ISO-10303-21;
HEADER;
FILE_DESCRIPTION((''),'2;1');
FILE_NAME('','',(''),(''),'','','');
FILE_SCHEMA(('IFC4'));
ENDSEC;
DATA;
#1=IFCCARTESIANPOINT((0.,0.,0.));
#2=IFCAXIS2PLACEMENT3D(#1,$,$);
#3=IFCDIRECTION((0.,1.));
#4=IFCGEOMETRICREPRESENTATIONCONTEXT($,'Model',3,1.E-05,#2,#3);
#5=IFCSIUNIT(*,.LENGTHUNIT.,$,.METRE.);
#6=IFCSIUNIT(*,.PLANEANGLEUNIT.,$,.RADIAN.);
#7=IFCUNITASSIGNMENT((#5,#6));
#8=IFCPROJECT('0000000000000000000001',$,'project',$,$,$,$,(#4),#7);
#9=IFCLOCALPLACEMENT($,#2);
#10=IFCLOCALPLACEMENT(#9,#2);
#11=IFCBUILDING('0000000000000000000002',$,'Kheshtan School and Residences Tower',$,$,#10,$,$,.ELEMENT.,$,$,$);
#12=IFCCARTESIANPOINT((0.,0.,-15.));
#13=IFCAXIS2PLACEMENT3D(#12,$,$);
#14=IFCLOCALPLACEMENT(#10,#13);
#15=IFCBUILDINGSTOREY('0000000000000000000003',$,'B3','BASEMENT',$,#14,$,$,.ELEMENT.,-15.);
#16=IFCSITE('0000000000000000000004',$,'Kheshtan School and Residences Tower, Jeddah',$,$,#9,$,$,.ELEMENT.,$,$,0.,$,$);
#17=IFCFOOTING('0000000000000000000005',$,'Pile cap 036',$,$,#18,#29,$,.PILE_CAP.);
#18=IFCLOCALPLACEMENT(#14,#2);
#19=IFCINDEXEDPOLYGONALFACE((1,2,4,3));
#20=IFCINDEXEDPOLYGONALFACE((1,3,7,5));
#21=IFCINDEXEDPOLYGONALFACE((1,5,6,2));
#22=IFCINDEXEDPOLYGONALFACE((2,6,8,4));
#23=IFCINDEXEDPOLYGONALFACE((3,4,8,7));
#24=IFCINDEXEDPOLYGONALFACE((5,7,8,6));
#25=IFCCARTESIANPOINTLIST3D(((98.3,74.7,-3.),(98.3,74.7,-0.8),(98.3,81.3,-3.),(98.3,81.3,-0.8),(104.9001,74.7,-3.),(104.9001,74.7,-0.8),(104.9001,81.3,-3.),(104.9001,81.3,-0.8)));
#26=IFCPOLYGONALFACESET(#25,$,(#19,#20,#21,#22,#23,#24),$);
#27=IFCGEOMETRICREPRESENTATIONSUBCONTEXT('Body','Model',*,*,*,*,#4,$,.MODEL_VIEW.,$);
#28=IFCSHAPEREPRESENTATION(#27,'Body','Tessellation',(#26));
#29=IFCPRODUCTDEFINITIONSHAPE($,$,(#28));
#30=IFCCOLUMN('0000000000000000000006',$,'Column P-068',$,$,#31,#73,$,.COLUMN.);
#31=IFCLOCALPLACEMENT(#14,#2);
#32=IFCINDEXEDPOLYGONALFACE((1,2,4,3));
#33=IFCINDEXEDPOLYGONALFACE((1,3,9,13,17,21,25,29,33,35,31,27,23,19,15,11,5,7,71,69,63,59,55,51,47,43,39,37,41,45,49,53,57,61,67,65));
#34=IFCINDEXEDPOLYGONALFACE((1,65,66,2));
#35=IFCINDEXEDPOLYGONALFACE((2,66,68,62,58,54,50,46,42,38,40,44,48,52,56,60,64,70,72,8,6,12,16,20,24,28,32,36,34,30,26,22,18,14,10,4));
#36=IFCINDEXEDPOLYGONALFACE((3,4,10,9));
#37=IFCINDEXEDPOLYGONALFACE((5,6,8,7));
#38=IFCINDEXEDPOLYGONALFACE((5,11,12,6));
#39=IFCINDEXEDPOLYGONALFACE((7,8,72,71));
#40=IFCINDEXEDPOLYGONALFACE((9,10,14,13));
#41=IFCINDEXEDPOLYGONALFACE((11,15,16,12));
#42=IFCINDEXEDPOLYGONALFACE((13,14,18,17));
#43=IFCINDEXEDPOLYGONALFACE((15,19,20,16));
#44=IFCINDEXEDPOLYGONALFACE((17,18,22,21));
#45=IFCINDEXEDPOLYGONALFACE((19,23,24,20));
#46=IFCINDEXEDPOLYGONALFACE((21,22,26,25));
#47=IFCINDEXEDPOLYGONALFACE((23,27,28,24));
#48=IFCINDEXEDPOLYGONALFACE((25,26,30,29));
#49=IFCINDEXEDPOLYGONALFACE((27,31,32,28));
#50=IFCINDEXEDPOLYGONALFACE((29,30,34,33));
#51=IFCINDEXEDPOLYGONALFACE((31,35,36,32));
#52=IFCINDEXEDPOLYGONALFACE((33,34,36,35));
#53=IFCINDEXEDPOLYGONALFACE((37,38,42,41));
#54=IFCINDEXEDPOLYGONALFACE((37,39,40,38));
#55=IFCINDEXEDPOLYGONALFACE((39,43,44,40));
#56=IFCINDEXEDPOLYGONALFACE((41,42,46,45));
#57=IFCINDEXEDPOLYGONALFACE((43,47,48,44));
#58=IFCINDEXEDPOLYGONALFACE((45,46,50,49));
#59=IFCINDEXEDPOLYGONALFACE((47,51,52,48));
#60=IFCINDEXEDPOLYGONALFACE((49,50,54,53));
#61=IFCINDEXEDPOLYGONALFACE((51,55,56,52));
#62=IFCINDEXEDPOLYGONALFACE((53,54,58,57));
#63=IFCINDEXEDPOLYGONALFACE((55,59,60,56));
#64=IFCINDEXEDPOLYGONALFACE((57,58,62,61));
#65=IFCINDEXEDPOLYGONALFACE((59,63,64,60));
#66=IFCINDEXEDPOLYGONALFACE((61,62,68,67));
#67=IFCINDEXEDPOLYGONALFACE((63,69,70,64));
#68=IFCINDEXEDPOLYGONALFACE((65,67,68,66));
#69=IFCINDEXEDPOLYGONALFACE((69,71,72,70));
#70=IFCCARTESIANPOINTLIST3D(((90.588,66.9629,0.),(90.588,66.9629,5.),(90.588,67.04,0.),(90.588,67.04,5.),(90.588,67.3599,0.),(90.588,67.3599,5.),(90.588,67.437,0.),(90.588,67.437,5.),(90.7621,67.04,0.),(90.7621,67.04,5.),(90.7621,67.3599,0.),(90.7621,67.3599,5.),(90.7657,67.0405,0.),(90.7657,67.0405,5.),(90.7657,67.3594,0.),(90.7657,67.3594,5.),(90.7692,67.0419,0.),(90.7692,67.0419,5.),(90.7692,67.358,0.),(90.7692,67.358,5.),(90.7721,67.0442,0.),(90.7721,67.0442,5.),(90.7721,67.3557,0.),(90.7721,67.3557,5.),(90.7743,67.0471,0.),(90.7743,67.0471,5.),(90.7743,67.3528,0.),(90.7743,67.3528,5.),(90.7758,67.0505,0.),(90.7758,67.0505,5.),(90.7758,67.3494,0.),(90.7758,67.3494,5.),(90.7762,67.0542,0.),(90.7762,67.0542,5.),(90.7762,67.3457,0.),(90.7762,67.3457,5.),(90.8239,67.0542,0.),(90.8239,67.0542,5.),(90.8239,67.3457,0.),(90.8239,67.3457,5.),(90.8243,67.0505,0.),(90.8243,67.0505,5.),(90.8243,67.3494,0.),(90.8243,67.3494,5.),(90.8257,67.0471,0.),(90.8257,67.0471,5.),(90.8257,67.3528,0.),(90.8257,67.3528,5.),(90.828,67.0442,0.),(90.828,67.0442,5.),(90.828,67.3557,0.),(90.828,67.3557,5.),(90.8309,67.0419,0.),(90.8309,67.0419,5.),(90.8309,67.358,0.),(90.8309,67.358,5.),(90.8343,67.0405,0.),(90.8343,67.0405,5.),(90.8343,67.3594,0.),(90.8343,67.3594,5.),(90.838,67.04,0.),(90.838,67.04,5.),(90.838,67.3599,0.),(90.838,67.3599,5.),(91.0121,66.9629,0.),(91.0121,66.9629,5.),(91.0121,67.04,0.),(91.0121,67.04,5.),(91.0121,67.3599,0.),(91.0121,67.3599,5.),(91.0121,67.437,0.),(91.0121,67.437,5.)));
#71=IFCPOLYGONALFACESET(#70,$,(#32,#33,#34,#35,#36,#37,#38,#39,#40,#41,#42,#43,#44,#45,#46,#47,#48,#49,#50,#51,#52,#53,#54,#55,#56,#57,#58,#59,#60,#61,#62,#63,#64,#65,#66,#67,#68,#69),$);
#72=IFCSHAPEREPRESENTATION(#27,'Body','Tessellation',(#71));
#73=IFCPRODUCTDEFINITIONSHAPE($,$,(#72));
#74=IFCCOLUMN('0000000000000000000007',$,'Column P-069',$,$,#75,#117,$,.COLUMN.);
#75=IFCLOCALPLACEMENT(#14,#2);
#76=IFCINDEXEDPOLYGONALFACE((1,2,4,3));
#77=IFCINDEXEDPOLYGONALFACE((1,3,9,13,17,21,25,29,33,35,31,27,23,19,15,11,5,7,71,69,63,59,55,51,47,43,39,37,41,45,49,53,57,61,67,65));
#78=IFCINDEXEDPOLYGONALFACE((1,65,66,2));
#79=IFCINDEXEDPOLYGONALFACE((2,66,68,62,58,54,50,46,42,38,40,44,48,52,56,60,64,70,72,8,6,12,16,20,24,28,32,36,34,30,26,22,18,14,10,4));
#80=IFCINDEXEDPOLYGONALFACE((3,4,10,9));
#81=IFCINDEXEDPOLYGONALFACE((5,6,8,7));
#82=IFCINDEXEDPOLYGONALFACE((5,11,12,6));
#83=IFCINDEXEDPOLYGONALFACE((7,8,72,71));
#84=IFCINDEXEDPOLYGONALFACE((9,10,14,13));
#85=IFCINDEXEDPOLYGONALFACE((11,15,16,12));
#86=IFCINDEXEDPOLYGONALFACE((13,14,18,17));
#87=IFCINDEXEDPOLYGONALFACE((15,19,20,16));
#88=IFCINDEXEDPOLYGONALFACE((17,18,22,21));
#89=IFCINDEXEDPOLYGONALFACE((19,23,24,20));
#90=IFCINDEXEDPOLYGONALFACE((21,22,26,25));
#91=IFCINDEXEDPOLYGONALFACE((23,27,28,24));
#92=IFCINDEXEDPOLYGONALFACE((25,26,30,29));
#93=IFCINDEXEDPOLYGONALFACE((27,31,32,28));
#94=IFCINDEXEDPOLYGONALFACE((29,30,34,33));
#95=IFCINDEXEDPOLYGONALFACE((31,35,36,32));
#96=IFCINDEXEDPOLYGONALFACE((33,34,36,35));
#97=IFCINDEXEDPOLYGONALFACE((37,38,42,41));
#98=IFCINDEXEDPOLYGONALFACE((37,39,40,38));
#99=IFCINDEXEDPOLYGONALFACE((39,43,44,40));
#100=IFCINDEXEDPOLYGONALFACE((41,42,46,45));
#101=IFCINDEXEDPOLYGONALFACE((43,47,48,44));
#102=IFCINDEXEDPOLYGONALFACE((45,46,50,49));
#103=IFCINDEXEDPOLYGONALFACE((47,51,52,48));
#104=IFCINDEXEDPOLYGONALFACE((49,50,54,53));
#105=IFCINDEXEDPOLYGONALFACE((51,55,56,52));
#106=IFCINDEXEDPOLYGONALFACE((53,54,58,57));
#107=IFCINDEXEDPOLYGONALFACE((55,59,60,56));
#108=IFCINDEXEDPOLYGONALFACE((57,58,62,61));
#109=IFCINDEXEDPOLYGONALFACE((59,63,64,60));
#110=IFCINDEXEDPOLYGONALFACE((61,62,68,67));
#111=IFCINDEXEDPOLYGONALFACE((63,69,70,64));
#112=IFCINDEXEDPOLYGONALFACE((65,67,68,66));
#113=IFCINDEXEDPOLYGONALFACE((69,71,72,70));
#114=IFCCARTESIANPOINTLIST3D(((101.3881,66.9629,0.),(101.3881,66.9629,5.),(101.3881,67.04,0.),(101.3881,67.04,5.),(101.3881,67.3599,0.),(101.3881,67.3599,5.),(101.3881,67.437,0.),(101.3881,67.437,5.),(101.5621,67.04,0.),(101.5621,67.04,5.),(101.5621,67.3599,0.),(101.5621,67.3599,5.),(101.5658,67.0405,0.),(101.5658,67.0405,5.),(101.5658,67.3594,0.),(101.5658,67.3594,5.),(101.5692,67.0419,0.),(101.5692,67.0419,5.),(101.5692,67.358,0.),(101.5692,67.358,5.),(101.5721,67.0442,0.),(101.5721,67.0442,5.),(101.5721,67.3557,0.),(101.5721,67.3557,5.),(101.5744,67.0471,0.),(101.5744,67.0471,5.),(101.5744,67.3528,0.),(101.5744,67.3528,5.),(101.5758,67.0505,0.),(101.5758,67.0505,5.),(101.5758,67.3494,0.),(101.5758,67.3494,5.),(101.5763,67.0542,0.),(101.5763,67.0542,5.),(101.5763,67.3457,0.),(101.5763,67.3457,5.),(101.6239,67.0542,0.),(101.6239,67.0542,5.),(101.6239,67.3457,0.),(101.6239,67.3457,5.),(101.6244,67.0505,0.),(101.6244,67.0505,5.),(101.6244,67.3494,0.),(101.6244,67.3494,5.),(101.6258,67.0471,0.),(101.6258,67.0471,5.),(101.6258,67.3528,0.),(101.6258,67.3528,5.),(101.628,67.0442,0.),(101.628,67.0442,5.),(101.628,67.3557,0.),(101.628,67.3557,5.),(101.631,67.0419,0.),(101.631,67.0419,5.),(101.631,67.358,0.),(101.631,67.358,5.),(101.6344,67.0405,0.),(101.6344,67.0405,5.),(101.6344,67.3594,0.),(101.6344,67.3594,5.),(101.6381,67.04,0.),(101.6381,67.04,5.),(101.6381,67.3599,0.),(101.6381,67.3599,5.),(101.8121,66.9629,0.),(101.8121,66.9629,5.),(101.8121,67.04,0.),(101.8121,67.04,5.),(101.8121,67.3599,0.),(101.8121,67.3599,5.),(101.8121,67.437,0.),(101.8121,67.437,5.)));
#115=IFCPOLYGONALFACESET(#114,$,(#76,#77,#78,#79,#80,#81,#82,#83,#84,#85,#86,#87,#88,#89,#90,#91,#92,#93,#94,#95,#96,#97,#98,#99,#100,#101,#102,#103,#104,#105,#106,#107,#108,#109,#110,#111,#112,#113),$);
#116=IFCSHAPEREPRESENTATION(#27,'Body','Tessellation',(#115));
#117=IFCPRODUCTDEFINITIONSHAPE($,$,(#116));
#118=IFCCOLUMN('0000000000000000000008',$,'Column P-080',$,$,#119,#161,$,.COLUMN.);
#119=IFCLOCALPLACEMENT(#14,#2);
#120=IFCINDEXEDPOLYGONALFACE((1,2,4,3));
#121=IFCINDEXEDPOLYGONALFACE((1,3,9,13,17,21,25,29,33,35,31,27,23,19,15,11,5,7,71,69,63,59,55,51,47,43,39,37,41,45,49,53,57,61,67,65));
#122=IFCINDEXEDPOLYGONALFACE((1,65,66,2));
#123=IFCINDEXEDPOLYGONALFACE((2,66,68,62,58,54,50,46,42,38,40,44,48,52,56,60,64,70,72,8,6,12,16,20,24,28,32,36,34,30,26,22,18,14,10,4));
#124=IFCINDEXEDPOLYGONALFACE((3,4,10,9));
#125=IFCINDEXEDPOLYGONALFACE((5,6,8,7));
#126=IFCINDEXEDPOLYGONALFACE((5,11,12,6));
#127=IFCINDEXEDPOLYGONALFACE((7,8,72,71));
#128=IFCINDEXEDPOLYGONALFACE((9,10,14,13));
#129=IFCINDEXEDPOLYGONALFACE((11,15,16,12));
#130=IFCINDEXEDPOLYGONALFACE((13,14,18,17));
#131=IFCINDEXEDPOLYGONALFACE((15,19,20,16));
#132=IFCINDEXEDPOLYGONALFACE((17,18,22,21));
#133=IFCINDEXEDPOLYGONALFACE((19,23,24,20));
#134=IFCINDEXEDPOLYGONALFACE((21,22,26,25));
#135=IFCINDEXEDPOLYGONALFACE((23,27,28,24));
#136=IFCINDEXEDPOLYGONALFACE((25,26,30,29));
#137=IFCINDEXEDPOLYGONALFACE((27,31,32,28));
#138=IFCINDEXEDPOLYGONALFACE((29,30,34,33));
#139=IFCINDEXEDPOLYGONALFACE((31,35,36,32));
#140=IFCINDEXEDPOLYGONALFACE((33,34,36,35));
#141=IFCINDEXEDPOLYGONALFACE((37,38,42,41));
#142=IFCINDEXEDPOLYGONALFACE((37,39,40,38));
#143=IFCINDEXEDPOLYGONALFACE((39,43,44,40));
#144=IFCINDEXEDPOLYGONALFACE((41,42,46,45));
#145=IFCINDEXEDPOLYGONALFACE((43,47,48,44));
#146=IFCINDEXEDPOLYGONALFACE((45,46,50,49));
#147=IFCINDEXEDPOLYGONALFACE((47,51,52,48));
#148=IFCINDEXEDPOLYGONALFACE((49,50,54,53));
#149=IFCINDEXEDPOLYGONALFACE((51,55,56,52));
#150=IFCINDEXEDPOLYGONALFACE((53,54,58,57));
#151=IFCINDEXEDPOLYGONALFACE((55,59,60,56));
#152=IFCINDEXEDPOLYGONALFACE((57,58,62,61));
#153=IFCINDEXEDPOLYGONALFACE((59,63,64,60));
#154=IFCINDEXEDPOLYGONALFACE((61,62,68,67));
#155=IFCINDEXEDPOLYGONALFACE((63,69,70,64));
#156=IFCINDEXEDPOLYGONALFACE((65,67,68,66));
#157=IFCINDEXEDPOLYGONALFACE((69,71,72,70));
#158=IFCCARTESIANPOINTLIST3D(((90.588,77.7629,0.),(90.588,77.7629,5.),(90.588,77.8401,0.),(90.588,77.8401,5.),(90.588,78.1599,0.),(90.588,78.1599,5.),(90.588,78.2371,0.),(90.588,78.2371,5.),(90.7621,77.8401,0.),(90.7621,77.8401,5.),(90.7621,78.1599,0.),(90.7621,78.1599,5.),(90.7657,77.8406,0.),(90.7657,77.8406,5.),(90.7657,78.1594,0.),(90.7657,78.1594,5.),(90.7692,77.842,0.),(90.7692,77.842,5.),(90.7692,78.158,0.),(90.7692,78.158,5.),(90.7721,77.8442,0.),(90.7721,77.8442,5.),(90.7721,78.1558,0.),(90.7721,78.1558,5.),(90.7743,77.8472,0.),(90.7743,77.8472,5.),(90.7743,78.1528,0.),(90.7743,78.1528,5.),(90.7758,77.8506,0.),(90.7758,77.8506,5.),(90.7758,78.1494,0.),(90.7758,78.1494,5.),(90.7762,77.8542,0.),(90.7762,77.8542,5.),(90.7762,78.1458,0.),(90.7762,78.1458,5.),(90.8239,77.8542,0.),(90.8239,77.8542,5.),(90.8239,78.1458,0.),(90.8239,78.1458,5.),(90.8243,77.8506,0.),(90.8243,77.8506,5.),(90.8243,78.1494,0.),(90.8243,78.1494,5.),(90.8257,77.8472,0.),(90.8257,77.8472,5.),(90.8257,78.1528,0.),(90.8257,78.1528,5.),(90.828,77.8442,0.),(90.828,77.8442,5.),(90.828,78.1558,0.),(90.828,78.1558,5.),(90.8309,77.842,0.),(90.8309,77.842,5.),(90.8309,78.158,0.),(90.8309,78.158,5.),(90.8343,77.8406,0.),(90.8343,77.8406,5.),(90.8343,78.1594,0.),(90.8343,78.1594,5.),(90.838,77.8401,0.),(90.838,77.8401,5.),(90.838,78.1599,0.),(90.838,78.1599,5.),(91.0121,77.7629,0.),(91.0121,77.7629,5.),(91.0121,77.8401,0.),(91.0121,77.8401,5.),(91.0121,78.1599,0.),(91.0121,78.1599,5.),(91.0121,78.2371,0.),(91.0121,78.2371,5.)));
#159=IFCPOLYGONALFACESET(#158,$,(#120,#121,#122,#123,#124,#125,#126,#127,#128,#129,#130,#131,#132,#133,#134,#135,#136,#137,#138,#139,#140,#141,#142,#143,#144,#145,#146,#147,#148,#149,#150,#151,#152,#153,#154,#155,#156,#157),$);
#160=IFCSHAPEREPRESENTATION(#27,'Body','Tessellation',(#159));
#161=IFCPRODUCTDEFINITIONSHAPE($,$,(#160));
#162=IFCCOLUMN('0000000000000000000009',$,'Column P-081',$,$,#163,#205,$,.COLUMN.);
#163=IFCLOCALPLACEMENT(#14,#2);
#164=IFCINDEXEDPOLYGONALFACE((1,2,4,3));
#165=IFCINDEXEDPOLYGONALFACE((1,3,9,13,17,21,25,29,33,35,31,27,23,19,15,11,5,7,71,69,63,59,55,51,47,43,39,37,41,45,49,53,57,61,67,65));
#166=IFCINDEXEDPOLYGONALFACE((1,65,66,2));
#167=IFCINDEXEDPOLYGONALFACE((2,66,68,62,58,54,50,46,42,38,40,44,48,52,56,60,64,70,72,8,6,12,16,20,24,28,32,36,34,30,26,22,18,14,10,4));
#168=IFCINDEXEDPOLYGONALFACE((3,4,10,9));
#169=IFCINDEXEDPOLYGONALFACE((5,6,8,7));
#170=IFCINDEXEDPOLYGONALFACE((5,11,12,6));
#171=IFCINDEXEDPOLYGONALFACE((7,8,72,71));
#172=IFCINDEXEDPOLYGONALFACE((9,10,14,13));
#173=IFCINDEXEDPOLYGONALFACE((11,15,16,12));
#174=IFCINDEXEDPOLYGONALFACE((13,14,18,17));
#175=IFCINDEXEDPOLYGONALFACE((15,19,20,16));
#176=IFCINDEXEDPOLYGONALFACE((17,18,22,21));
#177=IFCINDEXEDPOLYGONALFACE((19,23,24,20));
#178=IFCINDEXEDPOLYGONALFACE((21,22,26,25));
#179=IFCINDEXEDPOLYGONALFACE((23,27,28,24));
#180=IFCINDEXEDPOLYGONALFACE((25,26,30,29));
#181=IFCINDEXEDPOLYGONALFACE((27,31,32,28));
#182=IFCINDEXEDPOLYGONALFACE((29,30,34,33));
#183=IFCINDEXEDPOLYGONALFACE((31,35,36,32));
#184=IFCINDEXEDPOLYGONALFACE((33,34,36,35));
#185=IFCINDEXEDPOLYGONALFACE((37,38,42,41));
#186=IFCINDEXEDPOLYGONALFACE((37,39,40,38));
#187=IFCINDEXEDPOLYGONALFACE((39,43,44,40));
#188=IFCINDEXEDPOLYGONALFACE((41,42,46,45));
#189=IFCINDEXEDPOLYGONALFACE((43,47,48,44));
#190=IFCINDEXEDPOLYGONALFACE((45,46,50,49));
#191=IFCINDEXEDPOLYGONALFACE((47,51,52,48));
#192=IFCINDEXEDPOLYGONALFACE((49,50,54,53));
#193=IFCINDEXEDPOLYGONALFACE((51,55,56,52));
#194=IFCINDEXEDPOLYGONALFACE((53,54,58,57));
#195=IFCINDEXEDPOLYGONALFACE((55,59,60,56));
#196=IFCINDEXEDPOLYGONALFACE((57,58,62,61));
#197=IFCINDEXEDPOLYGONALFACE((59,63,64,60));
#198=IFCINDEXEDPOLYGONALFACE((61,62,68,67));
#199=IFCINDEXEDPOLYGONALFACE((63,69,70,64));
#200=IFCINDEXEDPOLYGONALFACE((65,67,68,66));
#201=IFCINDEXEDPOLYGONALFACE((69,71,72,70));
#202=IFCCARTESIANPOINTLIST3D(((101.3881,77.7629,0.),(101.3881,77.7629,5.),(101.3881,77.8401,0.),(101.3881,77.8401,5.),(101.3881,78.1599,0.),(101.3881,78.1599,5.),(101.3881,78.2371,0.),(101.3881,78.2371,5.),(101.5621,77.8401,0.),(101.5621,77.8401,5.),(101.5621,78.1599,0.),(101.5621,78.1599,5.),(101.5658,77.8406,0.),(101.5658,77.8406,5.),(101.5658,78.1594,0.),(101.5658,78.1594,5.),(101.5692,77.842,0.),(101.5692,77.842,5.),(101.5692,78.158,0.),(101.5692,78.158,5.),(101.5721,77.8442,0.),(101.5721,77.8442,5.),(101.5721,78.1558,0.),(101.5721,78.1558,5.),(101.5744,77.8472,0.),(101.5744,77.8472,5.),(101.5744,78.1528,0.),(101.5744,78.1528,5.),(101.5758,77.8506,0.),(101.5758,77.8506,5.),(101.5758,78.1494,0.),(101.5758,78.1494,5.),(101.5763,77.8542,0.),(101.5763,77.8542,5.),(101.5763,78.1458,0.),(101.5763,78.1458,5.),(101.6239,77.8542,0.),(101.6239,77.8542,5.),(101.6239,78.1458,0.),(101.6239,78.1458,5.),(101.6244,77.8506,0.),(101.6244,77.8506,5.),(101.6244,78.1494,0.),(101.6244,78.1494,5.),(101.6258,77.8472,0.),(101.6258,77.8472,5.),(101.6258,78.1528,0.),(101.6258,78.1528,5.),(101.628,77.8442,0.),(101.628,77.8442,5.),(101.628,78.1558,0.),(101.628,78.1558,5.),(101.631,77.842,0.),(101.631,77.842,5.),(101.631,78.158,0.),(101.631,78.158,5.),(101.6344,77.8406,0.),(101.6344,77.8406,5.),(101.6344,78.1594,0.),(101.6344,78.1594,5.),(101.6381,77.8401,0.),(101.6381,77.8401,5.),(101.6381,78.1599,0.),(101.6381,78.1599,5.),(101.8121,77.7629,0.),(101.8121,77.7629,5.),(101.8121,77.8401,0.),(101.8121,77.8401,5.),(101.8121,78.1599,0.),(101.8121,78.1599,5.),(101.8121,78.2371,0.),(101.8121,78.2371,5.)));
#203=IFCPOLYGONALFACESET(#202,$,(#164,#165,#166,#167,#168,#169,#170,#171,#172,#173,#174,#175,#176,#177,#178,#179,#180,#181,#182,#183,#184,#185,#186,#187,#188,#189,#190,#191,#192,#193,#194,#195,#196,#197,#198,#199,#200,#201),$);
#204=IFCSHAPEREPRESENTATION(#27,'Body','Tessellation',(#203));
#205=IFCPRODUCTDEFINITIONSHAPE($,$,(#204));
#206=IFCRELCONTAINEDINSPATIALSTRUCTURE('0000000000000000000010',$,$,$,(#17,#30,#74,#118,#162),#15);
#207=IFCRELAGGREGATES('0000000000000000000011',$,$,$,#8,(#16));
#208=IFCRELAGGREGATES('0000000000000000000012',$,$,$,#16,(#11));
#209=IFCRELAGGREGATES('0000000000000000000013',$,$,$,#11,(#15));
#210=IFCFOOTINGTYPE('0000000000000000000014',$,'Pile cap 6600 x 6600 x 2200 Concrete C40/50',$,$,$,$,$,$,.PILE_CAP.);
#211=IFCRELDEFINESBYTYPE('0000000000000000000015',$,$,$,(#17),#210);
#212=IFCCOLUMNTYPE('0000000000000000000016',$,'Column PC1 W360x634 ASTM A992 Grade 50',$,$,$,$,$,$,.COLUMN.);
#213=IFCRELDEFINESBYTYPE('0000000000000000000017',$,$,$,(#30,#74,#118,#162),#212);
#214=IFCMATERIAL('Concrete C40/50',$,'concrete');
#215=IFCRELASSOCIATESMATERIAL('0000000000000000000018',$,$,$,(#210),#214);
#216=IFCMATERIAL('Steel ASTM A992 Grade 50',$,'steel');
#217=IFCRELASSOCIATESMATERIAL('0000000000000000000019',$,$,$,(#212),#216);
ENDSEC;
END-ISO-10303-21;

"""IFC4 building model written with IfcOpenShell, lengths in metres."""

from ifc_helpers import new_model, si_unit, direction, frame, origin, origin_2d, place, context, subcontext, project, spatial, rectangle, i_section, extrude, material, material_profile, profile_set, type_object, element, save


model = new_model("IFC4")

# Units and contexts
model_context = context("Model", 3, precision=1e-05, world=origin(), true_north=direction((0.0, 1.0)))
body_context = subcontext(model_context, "Body", "Model", "MODEL_VIEW")
ifc_project = project(units=[si_unit("LENGTHUNIT", "METRE"), si_unit("PLANEANGLEUNIT", "RADIAN")], contexts=[model_context])

# Site, building, storey
site_placement = place(None, origin())
site = spatial("IfcSite", under=ifc_project, at=site_placement, Name="Kheshtan School and Residences Tower, Jeddah", CompositionType="ELEMENT", RefElevation=0.0)
building_placement = place(site_placement, origin())
building = spatial("IfcBuilding", under=site, at=building_placement, Name="Kheshtan School and Residences Tower", CompositionType="ELEMENT")
storey_placement = place(building_placement, frame((0.0, 0.0, -15.0)))
storey = spatial("IfcBuildingStorey", under=building, at=storey_placement, Name="B3", Description="BASEMENT", CompositionType="ELEMENT", Elevation=-15.0)

# Footing
ifc_material_1 = material(Name="Concrete C40/50", Category="concrete")
footing_type = type_object("IfcFootingType", Name="Pile cap 6600 x 6600 x 2200 Concrete C40/50", PredefinedType="PILE_CAP", material=ifc_material_1)
for number, where, z_axis, x_axis, name in (
    (1, (101.6001, 78.0, -3.0), (0.0, 0.0, 1.0), (1.0, 0.0, 0.0), "Pile cap 036"),
):
    element("IfcFooting", number, at=place(storey_placement, frame(where, z_axis=z_axis, x_axis=x_axis)), inside=storey, type_object=footing_type, Name=name, PredefinedType="PILE_CAP", context=body_context, shape_type="SweptSolid", body=[
        extrude(rectangle(XDim=6.6001, YDim=6.6001, at=origin_2d()), origin(), (0.0, 0.0, 1.0), 2.2),
    ])

# Columns
ifc_material_2 = material(Name="Steel ASTM A992 Grade 50", Category="steel")
ifc_material_profile_1 = material_profile(ifc_material_2, i_section(OverallWidth=0.4241, OverallDepth=0.4741, WebThickness=0.0476, FlangeThickness=0.0771, FilletRadius=0.0142, at=origin_2d()), Name="W360x634")
ifc_profile_set_1 = profile_set([ifc_material_profile_1], Name="Steel ASTM A992 Grade 50")
column_type = type_object("IfcColumnType", Name="Column PC1 W360x634 ASTM A992 Grade 50", PredefinedType="COLUMN", material=ifc_profile_set_1)
for number, where, z_axis, x_axis, name in (
    (2, (90.8, 67.2, 0.0), (0.0, 0.0, 1.0), (1.0, 0.0, 0.0), "Column P-068"),
    (3, (101.6001, 67.2, 0.0), (0.0, 0.0, 1.0), (1.0, 0.0, 0.0), "Column P-069"),
    (4, (90.8, 78.0, 0.0), (0.0, 0.0, 1.0), (1.0, 0.0, 0.0), "Column P-080"),
    (5, (101.6001, 78.0, 0.0), (0.0, 0.0, 1.0), (1.0, 0.0, 0.0), "Column P-081"),
):
    element("IfcColumn", number, at=place(storey_placement, frame(where, z_axis=z_axis, x_axis=x_axis)), inside=storey, type_object=column_type, Name=name, PredefinedType="COLUMN", context=body_context, shape_type="SweptSolid", body=[
        extrude(i_section(OverallWidth=0.4241, OverallDepth=0.4741, WebThickness=0.0476, FlangeThickness=0.0771, FilletRadius=0.0142, at=origin_2d()), origin(), (0.0, 0.0, 1.0), 5.0),
    ])

save(model, "model.ifc")
